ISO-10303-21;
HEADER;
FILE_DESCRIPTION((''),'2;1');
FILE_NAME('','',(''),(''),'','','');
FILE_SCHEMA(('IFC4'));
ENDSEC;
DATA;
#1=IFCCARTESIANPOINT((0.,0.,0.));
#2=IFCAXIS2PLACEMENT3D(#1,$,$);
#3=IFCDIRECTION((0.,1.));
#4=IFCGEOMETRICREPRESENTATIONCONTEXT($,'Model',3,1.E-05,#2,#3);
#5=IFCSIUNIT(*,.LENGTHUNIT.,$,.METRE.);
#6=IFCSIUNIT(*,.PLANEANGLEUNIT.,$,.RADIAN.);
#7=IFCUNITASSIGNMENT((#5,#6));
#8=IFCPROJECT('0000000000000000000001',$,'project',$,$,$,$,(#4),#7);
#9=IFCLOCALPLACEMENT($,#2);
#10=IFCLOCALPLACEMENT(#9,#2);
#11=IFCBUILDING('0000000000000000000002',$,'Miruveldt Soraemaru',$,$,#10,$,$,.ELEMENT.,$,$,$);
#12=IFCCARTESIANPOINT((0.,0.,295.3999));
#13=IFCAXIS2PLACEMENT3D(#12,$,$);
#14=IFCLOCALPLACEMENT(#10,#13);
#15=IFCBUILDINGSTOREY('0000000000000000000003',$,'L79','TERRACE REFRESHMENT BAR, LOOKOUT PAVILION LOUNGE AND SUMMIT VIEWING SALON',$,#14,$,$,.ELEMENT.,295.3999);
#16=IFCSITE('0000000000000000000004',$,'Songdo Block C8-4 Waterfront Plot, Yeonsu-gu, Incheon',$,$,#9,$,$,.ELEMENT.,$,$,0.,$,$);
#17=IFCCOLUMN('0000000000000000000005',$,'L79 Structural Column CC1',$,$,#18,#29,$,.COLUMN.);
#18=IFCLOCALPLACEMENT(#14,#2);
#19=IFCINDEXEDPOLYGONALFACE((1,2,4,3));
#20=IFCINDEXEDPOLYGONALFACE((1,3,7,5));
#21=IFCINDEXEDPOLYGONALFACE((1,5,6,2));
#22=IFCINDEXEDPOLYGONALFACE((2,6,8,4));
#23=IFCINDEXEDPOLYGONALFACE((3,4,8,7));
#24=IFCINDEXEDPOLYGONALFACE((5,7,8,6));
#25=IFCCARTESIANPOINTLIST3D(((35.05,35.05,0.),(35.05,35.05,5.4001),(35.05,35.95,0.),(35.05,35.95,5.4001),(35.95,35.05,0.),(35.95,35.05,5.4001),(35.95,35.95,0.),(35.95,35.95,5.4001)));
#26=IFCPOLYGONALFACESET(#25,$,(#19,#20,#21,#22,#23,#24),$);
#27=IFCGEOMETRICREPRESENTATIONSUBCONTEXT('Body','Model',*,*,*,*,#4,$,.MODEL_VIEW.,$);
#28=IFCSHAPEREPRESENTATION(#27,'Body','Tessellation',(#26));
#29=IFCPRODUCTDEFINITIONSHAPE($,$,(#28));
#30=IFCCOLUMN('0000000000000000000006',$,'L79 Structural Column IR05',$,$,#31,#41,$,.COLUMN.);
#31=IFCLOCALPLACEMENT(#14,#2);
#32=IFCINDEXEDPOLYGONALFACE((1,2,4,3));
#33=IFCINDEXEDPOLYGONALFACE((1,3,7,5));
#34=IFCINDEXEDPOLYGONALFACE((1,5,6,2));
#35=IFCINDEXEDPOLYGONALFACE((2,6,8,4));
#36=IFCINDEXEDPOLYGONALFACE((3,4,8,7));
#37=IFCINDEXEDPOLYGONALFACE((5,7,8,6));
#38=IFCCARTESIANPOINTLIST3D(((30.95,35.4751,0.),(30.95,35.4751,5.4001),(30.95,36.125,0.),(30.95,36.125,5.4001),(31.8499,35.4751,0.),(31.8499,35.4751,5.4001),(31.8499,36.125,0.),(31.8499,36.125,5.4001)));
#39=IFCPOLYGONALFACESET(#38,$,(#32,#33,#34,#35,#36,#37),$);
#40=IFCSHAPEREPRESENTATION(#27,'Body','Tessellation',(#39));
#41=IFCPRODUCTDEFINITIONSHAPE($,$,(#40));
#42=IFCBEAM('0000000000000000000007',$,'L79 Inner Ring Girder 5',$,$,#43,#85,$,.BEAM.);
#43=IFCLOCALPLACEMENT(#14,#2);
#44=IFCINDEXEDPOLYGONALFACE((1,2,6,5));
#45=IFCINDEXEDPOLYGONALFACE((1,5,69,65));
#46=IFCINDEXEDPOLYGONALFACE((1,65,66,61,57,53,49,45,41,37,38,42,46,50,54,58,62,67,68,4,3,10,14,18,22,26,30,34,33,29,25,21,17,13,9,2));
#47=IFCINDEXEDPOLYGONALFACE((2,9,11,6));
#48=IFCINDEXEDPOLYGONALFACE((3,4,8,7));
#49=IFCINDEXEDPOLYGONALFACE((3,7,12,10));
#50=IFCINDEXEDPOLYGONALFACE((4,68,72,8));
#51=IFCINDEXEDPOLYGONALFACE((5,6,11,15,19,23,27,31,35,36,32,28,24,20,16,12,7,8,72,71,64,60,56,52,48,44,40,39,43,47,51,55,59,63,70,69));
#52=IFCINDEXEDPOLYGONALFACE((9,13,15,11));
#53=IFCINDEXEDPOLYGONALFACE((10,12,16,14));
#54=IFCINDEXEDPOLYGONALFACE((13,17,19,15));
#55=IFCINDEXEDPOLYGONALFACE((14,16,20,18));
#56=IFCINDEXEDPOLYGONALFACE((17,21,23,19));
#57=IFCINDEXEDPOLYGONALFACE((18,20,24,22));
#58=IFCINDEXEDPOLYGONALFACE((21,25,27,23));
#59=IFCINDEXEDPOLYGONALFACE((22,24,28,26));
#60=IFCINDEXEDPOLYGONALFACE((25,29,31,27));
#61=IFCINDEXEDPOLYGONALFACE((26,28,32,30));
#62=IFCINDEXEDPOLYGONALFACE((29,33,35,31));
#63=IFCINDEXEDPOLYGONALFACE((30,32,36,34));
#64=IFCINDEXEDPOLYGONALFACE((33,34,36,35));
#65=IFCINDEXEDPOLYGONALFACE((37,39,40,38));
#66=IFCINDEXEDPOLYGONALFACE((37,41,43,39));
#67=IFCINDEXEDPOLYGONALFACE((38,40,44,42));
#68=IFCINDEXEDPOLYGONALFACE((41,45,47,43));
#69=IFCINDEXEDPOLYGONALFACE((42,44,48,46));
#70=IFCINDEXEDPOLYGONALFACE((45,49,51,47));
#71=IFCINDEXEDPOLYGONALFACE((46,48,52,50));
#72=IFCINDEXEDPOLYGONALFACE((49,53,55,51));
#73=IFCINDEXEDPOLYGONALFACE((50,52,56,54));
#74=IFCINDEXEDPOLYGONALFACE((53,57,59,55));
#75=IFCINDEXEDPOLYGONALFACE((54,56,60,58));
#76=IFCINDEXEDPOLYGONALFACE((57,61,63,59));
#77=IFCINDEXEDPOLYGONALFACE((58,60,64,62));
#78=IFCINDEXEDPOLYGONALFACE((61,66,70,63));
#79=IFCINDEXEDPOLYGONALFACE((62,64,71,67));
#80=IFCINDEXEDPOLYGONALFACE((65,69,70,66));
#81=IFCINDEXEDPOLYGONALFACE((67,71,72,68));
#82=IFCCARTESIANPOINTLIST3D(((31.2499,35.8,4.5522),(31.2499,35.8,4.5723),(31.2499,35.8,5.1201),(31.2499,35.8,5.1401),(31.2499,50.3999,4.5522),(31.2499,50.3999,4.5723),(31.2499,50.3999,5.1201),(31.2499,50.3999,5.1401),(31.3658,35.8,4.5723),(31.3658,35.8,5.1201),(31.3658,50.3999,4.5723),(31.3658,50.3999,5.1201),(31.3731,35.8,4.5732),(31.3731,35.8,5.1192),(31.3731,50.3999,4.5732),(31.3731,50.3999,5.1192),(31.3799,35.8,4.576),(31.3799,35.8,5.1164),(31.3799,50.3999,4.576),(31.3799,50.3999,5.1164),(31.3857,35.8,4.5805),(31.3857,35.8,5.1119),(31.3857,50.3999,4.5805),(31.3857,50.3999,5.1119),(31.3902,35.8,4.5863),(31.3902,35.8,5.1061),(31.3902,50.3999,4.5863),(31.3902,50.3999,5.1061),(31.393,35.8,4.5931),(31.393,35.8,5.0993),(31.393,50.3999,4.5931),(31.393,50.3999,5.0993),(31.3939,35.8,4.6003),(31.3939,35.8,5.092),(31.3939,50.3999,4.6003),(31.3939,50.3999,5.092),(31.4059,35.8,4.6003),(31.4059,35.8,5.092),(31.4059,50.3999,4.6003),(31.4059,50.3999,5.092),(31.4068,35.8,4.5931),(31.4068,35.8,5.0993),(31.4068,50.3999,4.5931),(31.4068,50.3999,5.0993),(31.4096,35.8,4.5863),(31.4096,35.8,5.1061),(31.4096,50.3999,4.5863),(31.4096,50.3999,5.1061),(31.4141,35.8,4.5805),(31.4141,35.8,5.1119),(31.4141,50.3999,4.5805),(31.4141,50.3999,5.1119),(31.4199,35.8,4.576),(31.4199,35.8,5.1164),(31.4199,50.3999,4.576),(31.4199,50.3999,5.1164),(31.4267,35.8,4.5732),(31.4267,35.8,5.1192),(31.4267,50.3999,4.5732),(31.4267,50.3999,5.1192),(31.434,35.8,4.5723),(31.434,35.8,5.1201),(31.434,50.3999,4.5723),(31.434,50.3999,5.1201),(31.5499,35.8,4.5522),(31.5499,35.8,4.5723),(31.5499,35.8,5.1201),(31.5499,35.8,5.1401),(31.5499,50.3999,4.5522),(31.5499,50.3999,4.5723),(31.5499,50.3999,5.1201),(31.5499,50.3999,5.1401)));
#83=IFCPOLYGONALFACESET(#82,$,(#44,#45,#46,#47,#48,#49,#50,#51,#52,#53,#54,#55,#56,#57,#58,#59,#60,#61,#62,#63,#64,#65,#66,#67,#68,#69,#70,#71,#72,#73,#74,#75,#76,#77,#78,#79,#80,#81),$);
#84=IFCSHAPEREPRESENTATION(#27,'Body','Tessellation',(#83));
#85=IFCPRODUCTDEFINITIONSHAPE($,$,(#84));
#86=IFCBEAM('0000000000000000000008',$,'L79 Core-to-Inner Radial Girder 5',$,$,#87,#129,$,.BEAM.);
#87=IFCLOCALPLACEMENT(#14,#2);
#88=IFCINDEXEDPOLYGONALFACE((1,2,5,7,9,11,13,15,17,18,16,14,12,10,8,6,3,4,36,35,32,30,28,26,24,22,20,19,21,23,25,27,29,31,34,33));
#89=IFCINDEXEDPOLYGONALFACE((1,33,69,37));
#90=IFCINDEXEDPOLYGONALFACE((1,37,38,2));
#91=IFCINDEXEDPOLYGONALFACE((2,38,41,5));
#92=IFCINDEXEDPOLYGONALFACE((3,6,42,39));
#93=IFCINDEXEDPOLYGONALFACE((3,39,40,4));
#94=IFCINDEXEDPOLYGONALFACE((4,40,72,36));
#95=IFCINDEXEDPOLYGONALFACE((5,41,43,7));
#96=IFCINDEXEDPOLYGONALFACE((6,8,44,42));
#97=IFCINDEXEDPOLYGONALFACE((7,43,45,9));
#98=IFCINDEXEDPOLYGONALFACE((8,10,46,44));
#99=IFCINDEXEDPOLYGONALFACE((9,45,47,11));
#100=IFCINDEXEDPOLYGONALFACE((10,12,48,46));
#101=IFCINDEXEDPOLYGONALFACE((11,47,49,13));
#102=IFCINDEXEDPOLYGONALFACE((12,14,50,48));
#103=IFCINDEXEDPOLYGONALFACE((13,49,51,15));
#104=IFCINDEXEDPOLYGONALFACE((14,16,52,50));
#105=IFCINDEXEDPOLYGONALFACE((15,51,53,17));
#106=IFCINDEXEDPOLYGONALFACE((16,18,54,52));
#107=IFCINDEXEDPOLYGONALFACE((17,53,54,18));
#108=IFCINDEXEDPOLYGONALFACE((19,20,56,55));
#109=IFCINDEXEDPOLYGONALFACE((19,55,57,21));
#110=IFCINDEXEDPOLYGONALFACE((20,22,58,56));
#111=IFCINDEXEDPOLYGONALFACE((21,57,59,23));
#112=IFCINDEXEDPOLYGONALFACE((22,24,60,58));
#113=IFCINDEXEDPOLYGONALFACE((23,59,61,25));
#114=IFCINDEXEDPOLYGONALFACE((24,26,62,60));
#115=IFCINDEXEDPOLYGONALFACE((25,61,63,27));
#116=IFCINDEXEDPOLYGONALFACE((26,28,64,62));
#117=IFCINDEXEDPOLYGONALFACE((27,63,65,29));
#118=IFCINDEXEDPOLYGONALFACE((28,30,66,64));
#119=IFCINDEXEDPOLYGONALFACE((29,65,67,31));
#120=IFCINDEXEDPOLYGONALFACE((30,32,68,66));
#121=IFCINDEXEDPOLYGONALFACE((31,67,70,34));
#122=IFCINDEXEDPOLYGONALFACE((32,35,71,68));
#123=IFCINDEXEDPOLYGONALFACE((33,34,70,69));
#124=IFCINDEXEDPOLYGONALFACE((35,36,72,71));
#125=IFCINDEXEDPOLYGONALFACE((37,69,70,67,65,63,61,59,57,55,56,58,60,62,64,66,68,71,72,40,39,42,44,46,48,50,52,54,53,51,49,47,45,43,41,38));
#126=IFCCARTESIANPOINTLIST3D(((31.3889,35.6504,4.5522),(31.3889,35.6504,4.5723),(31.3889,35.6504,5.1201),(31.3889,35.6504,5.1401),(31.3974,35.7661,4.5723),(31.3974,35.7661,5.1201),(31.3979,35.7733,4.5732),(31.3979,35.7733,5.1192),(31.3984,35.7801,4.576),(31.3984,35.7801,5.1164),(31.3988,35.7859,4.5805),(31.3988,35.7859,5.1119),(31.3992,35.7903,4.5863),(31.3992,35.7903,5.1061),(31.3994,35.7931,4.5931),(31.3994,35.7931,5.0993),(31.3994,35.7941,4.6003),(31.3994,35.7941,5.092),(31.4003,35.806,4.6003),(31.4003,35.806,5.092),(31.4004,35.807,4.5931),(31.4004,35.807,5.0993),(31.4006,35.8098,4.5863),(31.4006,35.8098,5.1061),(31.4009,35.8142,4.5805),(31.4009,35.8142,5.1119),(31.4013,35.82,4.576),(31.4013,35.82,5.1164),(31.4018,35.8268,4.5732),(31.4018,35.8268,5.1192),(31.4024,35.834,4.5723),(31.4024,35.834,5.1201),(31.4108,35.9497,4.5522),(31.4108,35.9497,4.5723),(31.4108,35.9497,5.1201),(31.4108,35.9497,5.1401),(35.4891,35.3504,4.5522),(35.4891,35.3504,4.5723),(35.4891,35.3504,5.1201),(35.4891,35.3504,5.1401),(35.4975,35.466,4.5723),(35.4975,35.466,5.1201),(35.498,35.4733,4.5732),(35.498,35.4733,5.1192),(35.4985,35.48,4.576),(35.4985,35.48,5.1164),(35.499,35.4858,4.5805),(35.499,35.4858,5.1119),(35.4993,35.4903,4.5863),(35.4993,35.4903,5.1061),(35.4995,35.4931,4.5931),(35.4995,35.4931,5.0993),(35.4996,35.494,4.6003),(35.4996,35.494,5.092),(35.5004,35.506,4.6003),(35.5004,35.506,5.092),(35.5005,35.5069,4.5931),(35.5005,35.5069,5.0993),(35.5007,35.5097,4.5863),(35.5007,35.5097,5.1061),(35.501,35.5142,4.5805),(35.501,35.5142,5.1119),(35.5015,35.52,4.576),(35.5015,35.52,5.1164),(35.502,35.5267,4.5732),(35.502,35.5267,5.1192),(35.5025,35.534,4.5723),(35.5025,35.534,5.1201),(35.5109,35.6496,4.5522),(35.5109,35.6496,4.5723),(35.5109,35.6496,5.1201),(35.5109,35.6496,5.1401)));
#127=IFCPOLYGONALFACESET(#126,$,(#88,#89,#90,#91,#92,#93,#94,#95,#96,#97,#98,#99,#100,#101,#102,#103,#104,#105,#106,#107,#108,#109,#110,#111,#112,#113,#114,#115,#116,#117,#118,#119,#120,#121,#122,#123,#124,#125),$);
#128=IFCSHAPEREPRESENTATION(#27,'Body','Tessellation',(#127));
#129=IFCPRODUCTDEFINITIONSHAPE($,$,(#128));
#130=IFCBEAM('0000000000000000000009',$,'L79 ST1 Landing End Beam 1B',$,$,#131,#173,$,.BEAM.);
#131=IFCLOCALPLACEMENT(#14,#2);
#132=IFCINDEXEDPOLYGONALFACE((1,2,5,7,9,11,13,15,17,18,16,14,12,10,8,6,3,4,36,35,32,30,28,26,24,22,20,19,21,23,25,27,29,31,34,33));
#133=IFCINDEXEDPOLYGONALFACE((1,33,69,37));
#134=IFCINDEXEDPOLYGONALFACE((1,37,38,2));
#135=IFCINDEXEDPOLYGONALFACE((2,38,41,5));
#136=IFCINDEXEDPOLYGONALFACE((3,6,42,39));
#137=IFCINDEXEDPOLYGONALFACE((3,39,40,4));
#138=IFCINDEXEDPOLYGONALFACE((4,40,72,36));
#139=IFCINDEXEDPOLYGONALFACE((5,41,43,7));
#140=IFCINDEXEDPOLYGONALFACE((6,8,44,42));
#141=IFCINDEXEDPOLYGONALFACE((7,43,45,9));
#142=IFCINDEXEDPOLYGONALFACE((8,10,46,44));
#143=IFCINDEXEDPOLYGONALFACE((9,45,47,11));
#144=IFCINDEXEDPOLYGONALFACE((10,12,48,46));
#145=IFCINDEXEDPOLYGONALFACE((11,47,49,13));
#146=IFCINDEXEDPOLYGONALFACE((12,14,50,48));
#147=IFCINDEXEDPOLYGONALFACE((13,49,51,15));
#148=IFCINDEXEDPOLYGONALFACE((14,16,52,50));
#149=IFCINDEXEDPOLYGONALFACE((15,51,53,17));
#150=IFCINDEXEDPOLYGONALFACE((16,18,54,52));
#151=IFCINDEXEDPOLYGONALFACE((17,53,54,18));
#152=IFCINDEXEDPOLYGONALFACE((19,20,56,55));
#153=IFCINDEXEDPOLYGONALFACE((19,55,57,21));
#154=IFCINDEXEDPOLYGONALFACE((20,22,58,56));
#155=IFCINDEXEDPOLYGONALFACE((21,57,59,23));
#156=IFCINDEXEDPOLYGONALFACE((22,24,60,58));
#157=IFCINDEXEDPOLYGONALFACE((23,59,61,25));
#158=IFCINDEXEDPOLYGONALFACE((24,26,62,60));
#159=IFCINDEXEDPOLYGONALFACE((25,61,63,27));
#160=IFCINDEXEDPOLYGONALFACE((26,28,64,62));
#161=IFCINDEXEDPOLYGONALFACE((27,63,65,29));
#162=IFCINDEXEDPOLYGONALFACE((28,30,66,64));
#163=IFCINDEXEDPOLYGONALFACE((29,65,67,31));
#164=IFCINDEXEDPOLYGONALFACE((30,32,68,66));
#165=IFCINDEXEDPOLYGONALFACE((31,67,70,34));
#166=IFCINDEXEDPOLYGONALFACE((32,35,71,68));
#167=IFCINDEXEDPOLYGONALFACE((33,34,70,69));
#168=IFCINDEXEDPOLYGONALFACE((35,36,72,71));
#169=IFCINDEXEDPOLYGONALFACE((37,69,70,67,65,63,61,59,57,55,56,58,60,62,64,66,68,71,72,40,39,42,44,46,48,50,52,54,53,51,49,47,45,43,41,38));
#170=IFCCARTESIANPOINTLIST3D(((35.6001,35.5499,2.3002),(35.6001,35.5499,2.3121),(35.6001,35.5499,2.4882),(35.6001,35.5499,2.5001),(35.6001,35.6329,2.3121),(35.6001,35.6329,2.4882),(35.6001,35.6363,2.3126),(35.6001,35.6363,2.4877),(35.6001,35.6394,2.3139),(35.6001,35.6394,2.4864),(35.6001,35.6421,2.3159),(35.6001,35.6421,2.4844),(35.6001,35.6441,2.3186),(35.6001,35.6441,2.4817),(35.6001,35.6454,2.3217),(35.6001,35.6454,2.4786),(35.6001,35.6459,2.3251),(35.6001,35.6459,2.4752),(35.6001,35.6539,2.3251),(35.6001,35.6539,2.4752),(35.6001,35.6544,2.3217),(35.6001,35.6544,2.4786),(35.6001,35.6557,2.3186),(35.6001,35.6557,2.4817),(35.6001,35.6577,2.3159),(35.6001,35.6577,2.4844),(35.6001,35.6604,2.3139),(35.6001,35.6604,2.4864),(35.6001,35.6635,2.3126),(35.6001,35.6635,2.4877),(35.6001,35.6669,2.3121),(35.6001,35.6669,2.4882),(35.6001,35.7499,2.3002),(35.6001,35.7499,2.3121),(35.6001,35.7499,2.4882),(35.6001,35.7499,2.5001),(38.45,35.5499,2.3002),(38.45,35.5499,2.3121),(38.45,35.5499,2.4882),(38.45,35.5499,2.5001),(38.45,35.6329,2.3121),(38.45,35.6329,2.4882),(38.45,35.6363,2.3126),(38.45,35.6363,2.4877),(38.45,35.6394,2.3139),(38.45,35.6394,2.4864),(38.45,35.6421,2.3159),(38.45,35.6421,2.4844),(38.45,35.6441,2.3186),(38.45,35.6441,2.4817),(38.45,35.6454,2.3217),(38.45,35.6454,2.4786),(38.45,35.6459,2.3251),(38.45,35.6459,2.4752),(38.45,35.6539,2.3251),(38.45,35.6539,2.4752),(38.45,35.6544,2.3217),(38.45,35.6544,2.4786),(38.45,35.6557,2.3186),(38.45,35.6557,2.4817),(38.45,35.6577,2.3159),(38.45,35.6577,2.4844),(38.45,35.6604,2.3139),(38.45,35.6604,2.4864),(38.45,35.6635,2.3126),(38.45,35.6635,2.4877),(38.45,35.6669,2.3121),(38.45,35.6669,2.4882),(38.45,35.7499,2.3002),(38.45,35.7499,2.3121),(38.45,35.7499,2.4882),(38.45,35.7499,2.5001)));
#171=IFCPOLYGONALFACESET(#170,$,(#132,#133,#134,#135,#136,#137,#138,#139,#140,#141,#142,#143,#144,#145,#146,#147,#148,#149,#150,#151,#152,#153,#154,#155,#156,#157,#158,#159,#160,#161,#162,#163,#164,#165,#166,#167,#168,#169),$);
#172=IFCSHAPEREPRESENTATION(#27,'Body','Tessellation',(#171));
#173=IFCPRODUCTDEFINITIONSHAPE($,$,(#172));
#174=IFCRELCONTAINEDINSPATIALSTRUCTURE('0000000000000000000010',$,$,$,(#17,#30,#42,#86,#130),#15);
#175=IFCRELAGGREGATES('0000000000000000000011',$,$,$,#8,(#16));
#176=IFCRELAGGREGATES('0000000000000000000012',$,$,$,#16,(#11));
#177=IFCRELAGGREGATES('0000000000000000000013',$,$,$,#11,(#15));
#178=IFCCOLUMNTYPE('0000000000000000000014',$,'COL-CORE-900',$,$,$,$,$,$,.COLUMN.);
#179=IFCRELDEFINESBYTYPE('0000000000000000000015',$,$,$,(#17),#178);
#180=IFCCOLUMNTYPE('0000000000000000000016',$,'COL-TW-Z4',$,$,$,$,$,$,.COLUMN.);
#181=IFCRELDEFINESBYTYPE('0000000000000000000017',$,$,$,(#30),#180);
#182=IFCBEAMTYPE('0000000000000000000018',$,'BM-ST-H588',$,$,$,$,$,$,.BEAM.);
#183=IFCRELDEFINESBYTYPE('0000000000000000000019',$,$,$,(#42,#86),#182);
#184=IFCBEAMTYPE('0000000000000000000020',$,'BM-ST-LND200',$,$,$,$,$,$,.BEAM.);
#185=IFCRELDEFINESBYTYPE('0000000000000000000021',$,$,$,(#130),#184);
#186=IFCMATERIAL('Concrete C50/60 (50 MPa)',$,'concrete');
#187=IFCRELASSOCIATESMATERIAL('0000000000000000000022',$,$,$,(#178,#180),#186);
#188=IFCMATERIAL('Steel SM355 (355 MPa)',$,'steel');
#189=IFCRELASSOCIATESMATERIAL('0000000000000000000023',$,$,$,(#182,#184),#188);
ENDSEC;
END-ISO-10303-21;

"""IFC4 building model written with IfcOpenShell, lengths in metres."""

from ifc_helpers import new_model, si_unit, direction, frame, origin, origin_2d, place, context, subcontext, project, spatial, rectangle, i_section, extrude, material, material_profile, profile_set, type_object, element, save


model = new_model("IFC4")

# Units and contexts
model_context = context("Model", 3, precision=1e-05, world=origin(), true_north=direction((0.0, 1.0)))
body_context = subcontext(model_context, "Body", "Model", "MODEL_VIEW")
ifc_project = project(units=[si_unit("LENGTHUNIT", "METRE"), si_unit("PLANEANGLEUNIT", "RADIAN")], contexts=[model_context])

# Site, building, storey
site_placement = place(None, origin())
site = spatial("IfcSite", under=ifc_project, at=site_placement, Name="Songdo Block C8-4 Waterfront Plot, Yeonsu-gu, Incheon", CompositionType="ELEMENT", RefElevation=0.0)
building_placement = place(site_placement, origin())
building = spatial("IfcBuilding", under=site, at=building_placement, Name="Miruveldt Soraemaru", CompositionType="ELEMENT")
storey_placement = place(building_placement, frame((0.0, 0.0, 295.3999)))
storey = spatial("IfcBuildingStorey", under=building, at=storey_placement, Name="L79", Description="TERRACE REFRESHMENT BAR, LOOKOUT PAVILION LOUNGE AND SUMMIT VIEWING SALON", CompositionType="ELEMENT", Elevation=295.3999)

# Columns
ifc_material_1 = material(Name="Concrete C50/60 (50 MPa)", Category="concrete")
ifc_material_profile_1 = material_profile(ifc_material_1, rectangle(XDim=0.8999, YDim=0.8999, at=origin_2d()), Name="Concrete C50/60 (50 MPa)", Category="concrete")
ifc_profile_set_1 = profile_set([ifc_material_profile_1], Name="Concrete C50/60 (50 MPa)")
column_type_1 = type_object("IfcColumnType", Name="COL-CORE-900", PredefinedType="COLUMN", material=ifc_profile_set_1)
column_1_placement = place(storey_placement, frame((35.5, 35.5, 0.0), z_axis=(0.0, 0.0, 1.0), x_axis=(1.0, 0.0, 0.0)))
element("IfcColumn", 1, at=column_1_placement, inside=storey, type_object=column_type_1, Name="L79 Structural Column CC1", PredefinedType="COLUMN", context=body_context, shape_type="SweptSolid", body=[
    extrude(rectangle(XDim=0.8999, YDim=0.8999, at=origin_2d()), origin(), (0.0, 0.0, 1.0), 5.4001),
])
ifc_material_profile_2 = material_profile(ifc_material_1, rectangle(XDim=0.8999, YDim=0.6499, at=origin_2d()), Name="Concrete C50/60 (50 MPa)", Category="concrete")
ifc_profile_set_2 = profile_set([ifc_material_profile_2], Name="Concrete C50/60 (50 MPa)")
column_type_2 = type_object("IfcColumnType", Name="COL-TW-Z4", PredefinedType="COLUMN", material=ifc_profile_set_2)
column_2_placement = place(storey_placement, frame((31.3999, 35.8, 0.0), z_axis=(0.0, 0.0, 1.0), x_axis=(1.0, 0.0, 0.0)))
element("IfcColumn", 2, at=column_2_placement, inside=storey, type_object=column_type_2, Name="L79 Structural Column IR05", PredefinedType="COLUMN", context=body_context, shape_type="SweptSolid", body=[
    extrude(rectangle(XDim=0.8999, YDim=0.6499, at=origin_2d()), origin(), (0.0, 0.0, 1.0), 5.4001),
])

# Beams
ifc_material_2 = material(Name="Steel SM355 (355 MPa)", Category="steel")
ifc_material_profile_3 = material_profile(ifc_material_2, i_section(OverallWidth=0.3, OverallDepth=0.5879, WebThickness=0.012, FlangeThickness=0.02, FilletRadius=0.0281, at=origin_2d()), Name="Steel SM355 (355 MPa)", Category="steel")
ifc_profile_set_3 = profile_set([ifc_material_profile_3], Name="Steel SM355 (355 MPa)")
beam_type_1 = type_object("IfcBeamType", Name="BM-ST-H588", PredefinedType="BEAM", material=ifc_profile_set_3)
beam_1_placement = place(storey_placement, frame((31.3999, 35.8, 4.8462), z_axis=(0.0, 1.0, 0.0), x_axis=(-1.0, 0.0, 0.0)))
element("IfcBeam", 3, at=beam_1_placement, inside=storey, type_object=beam_type_1, Name="L79 Inner Ring Girder 5", PredefinedType="BEAM", context=body_context, shape_type="SweptSolid", body=[
    extrude(i_section(OverallWidth=0.3, OverallDepth=0.5879, WebThickness=0.012, FlangeThickness=0.02, FilletRadius=0.0281, at=origin_2d()), origin(), (0.0, 0.0, 1.0), 14.5999),
])
beam_2_placement = place(storey_placement, frame((35.5, 35.5, 4.8462), z_axis=(-0.997333, 0.072986, 0.0), x_axis=(-0.072986, -0.997333, 0.0)))
element("IfcBeam", 4, at=beam_2_placement, inside=storey, type_object=beam_type_1, Name="L79 Core-to-Inner Radial Girder 5", PredefinedType="BEAM", context=body_context, shape_type="SweptSolid", body=[
    extrude(i_section(OverallWidth=0.3, OverallDepth=0.5879, WebThickness=0.012, FlangeThickness=0.02, FilletRadius=0.0281, at=origin_2d()), origin(), (0.0, 0.0, 1.0), 4.1111),
])
ifc_material_profile_4 = material_profile(ifc_material_2, i_section(OverallWidth=0.2, OverallDepth=0.2, WebThickness=0.0081, FlangeThickness=0.012, FilletRadius=0.0129, at=origin_2d()), Name="Steel SM355 (355 MPa)", Category="steel")
ifc_profile_set_4 = profile_set([ifc_material_profile_4], Name="Steel SM355 (355 MPa)")
beam_type_2 = type_object("IfcBeamType", Name="BM-ST-LND200", PredefinedType="BEAM", material=ifc_profile_set_4)
beam_3_placement = place(storey_placement, frame((35.6001, 35.6499, 2.4001), z_axis=(1.0, 0.0, 0.0), x_axis=(0.0, 1.0, 0.0)))
element("IfcBeam", 5, at=beam_3_placement, inside=storey, type_object=beam_type_2, Name="L79 ST1 Landing End Beam 1B", PredefinedType="BEAM", context=body_context, shape_type="SweptSolid", body=[
    extrude(i_section(OverallWidth=0.2, OverallDepth=0.2, WebThickness=0.0081, FlangeThickness=0.012, FilletRadius=0.0129, at=origin_2d()), origin(), (0.0, 0.0, 1.0), 2.8499),
])

save(model, "model.ifc")
